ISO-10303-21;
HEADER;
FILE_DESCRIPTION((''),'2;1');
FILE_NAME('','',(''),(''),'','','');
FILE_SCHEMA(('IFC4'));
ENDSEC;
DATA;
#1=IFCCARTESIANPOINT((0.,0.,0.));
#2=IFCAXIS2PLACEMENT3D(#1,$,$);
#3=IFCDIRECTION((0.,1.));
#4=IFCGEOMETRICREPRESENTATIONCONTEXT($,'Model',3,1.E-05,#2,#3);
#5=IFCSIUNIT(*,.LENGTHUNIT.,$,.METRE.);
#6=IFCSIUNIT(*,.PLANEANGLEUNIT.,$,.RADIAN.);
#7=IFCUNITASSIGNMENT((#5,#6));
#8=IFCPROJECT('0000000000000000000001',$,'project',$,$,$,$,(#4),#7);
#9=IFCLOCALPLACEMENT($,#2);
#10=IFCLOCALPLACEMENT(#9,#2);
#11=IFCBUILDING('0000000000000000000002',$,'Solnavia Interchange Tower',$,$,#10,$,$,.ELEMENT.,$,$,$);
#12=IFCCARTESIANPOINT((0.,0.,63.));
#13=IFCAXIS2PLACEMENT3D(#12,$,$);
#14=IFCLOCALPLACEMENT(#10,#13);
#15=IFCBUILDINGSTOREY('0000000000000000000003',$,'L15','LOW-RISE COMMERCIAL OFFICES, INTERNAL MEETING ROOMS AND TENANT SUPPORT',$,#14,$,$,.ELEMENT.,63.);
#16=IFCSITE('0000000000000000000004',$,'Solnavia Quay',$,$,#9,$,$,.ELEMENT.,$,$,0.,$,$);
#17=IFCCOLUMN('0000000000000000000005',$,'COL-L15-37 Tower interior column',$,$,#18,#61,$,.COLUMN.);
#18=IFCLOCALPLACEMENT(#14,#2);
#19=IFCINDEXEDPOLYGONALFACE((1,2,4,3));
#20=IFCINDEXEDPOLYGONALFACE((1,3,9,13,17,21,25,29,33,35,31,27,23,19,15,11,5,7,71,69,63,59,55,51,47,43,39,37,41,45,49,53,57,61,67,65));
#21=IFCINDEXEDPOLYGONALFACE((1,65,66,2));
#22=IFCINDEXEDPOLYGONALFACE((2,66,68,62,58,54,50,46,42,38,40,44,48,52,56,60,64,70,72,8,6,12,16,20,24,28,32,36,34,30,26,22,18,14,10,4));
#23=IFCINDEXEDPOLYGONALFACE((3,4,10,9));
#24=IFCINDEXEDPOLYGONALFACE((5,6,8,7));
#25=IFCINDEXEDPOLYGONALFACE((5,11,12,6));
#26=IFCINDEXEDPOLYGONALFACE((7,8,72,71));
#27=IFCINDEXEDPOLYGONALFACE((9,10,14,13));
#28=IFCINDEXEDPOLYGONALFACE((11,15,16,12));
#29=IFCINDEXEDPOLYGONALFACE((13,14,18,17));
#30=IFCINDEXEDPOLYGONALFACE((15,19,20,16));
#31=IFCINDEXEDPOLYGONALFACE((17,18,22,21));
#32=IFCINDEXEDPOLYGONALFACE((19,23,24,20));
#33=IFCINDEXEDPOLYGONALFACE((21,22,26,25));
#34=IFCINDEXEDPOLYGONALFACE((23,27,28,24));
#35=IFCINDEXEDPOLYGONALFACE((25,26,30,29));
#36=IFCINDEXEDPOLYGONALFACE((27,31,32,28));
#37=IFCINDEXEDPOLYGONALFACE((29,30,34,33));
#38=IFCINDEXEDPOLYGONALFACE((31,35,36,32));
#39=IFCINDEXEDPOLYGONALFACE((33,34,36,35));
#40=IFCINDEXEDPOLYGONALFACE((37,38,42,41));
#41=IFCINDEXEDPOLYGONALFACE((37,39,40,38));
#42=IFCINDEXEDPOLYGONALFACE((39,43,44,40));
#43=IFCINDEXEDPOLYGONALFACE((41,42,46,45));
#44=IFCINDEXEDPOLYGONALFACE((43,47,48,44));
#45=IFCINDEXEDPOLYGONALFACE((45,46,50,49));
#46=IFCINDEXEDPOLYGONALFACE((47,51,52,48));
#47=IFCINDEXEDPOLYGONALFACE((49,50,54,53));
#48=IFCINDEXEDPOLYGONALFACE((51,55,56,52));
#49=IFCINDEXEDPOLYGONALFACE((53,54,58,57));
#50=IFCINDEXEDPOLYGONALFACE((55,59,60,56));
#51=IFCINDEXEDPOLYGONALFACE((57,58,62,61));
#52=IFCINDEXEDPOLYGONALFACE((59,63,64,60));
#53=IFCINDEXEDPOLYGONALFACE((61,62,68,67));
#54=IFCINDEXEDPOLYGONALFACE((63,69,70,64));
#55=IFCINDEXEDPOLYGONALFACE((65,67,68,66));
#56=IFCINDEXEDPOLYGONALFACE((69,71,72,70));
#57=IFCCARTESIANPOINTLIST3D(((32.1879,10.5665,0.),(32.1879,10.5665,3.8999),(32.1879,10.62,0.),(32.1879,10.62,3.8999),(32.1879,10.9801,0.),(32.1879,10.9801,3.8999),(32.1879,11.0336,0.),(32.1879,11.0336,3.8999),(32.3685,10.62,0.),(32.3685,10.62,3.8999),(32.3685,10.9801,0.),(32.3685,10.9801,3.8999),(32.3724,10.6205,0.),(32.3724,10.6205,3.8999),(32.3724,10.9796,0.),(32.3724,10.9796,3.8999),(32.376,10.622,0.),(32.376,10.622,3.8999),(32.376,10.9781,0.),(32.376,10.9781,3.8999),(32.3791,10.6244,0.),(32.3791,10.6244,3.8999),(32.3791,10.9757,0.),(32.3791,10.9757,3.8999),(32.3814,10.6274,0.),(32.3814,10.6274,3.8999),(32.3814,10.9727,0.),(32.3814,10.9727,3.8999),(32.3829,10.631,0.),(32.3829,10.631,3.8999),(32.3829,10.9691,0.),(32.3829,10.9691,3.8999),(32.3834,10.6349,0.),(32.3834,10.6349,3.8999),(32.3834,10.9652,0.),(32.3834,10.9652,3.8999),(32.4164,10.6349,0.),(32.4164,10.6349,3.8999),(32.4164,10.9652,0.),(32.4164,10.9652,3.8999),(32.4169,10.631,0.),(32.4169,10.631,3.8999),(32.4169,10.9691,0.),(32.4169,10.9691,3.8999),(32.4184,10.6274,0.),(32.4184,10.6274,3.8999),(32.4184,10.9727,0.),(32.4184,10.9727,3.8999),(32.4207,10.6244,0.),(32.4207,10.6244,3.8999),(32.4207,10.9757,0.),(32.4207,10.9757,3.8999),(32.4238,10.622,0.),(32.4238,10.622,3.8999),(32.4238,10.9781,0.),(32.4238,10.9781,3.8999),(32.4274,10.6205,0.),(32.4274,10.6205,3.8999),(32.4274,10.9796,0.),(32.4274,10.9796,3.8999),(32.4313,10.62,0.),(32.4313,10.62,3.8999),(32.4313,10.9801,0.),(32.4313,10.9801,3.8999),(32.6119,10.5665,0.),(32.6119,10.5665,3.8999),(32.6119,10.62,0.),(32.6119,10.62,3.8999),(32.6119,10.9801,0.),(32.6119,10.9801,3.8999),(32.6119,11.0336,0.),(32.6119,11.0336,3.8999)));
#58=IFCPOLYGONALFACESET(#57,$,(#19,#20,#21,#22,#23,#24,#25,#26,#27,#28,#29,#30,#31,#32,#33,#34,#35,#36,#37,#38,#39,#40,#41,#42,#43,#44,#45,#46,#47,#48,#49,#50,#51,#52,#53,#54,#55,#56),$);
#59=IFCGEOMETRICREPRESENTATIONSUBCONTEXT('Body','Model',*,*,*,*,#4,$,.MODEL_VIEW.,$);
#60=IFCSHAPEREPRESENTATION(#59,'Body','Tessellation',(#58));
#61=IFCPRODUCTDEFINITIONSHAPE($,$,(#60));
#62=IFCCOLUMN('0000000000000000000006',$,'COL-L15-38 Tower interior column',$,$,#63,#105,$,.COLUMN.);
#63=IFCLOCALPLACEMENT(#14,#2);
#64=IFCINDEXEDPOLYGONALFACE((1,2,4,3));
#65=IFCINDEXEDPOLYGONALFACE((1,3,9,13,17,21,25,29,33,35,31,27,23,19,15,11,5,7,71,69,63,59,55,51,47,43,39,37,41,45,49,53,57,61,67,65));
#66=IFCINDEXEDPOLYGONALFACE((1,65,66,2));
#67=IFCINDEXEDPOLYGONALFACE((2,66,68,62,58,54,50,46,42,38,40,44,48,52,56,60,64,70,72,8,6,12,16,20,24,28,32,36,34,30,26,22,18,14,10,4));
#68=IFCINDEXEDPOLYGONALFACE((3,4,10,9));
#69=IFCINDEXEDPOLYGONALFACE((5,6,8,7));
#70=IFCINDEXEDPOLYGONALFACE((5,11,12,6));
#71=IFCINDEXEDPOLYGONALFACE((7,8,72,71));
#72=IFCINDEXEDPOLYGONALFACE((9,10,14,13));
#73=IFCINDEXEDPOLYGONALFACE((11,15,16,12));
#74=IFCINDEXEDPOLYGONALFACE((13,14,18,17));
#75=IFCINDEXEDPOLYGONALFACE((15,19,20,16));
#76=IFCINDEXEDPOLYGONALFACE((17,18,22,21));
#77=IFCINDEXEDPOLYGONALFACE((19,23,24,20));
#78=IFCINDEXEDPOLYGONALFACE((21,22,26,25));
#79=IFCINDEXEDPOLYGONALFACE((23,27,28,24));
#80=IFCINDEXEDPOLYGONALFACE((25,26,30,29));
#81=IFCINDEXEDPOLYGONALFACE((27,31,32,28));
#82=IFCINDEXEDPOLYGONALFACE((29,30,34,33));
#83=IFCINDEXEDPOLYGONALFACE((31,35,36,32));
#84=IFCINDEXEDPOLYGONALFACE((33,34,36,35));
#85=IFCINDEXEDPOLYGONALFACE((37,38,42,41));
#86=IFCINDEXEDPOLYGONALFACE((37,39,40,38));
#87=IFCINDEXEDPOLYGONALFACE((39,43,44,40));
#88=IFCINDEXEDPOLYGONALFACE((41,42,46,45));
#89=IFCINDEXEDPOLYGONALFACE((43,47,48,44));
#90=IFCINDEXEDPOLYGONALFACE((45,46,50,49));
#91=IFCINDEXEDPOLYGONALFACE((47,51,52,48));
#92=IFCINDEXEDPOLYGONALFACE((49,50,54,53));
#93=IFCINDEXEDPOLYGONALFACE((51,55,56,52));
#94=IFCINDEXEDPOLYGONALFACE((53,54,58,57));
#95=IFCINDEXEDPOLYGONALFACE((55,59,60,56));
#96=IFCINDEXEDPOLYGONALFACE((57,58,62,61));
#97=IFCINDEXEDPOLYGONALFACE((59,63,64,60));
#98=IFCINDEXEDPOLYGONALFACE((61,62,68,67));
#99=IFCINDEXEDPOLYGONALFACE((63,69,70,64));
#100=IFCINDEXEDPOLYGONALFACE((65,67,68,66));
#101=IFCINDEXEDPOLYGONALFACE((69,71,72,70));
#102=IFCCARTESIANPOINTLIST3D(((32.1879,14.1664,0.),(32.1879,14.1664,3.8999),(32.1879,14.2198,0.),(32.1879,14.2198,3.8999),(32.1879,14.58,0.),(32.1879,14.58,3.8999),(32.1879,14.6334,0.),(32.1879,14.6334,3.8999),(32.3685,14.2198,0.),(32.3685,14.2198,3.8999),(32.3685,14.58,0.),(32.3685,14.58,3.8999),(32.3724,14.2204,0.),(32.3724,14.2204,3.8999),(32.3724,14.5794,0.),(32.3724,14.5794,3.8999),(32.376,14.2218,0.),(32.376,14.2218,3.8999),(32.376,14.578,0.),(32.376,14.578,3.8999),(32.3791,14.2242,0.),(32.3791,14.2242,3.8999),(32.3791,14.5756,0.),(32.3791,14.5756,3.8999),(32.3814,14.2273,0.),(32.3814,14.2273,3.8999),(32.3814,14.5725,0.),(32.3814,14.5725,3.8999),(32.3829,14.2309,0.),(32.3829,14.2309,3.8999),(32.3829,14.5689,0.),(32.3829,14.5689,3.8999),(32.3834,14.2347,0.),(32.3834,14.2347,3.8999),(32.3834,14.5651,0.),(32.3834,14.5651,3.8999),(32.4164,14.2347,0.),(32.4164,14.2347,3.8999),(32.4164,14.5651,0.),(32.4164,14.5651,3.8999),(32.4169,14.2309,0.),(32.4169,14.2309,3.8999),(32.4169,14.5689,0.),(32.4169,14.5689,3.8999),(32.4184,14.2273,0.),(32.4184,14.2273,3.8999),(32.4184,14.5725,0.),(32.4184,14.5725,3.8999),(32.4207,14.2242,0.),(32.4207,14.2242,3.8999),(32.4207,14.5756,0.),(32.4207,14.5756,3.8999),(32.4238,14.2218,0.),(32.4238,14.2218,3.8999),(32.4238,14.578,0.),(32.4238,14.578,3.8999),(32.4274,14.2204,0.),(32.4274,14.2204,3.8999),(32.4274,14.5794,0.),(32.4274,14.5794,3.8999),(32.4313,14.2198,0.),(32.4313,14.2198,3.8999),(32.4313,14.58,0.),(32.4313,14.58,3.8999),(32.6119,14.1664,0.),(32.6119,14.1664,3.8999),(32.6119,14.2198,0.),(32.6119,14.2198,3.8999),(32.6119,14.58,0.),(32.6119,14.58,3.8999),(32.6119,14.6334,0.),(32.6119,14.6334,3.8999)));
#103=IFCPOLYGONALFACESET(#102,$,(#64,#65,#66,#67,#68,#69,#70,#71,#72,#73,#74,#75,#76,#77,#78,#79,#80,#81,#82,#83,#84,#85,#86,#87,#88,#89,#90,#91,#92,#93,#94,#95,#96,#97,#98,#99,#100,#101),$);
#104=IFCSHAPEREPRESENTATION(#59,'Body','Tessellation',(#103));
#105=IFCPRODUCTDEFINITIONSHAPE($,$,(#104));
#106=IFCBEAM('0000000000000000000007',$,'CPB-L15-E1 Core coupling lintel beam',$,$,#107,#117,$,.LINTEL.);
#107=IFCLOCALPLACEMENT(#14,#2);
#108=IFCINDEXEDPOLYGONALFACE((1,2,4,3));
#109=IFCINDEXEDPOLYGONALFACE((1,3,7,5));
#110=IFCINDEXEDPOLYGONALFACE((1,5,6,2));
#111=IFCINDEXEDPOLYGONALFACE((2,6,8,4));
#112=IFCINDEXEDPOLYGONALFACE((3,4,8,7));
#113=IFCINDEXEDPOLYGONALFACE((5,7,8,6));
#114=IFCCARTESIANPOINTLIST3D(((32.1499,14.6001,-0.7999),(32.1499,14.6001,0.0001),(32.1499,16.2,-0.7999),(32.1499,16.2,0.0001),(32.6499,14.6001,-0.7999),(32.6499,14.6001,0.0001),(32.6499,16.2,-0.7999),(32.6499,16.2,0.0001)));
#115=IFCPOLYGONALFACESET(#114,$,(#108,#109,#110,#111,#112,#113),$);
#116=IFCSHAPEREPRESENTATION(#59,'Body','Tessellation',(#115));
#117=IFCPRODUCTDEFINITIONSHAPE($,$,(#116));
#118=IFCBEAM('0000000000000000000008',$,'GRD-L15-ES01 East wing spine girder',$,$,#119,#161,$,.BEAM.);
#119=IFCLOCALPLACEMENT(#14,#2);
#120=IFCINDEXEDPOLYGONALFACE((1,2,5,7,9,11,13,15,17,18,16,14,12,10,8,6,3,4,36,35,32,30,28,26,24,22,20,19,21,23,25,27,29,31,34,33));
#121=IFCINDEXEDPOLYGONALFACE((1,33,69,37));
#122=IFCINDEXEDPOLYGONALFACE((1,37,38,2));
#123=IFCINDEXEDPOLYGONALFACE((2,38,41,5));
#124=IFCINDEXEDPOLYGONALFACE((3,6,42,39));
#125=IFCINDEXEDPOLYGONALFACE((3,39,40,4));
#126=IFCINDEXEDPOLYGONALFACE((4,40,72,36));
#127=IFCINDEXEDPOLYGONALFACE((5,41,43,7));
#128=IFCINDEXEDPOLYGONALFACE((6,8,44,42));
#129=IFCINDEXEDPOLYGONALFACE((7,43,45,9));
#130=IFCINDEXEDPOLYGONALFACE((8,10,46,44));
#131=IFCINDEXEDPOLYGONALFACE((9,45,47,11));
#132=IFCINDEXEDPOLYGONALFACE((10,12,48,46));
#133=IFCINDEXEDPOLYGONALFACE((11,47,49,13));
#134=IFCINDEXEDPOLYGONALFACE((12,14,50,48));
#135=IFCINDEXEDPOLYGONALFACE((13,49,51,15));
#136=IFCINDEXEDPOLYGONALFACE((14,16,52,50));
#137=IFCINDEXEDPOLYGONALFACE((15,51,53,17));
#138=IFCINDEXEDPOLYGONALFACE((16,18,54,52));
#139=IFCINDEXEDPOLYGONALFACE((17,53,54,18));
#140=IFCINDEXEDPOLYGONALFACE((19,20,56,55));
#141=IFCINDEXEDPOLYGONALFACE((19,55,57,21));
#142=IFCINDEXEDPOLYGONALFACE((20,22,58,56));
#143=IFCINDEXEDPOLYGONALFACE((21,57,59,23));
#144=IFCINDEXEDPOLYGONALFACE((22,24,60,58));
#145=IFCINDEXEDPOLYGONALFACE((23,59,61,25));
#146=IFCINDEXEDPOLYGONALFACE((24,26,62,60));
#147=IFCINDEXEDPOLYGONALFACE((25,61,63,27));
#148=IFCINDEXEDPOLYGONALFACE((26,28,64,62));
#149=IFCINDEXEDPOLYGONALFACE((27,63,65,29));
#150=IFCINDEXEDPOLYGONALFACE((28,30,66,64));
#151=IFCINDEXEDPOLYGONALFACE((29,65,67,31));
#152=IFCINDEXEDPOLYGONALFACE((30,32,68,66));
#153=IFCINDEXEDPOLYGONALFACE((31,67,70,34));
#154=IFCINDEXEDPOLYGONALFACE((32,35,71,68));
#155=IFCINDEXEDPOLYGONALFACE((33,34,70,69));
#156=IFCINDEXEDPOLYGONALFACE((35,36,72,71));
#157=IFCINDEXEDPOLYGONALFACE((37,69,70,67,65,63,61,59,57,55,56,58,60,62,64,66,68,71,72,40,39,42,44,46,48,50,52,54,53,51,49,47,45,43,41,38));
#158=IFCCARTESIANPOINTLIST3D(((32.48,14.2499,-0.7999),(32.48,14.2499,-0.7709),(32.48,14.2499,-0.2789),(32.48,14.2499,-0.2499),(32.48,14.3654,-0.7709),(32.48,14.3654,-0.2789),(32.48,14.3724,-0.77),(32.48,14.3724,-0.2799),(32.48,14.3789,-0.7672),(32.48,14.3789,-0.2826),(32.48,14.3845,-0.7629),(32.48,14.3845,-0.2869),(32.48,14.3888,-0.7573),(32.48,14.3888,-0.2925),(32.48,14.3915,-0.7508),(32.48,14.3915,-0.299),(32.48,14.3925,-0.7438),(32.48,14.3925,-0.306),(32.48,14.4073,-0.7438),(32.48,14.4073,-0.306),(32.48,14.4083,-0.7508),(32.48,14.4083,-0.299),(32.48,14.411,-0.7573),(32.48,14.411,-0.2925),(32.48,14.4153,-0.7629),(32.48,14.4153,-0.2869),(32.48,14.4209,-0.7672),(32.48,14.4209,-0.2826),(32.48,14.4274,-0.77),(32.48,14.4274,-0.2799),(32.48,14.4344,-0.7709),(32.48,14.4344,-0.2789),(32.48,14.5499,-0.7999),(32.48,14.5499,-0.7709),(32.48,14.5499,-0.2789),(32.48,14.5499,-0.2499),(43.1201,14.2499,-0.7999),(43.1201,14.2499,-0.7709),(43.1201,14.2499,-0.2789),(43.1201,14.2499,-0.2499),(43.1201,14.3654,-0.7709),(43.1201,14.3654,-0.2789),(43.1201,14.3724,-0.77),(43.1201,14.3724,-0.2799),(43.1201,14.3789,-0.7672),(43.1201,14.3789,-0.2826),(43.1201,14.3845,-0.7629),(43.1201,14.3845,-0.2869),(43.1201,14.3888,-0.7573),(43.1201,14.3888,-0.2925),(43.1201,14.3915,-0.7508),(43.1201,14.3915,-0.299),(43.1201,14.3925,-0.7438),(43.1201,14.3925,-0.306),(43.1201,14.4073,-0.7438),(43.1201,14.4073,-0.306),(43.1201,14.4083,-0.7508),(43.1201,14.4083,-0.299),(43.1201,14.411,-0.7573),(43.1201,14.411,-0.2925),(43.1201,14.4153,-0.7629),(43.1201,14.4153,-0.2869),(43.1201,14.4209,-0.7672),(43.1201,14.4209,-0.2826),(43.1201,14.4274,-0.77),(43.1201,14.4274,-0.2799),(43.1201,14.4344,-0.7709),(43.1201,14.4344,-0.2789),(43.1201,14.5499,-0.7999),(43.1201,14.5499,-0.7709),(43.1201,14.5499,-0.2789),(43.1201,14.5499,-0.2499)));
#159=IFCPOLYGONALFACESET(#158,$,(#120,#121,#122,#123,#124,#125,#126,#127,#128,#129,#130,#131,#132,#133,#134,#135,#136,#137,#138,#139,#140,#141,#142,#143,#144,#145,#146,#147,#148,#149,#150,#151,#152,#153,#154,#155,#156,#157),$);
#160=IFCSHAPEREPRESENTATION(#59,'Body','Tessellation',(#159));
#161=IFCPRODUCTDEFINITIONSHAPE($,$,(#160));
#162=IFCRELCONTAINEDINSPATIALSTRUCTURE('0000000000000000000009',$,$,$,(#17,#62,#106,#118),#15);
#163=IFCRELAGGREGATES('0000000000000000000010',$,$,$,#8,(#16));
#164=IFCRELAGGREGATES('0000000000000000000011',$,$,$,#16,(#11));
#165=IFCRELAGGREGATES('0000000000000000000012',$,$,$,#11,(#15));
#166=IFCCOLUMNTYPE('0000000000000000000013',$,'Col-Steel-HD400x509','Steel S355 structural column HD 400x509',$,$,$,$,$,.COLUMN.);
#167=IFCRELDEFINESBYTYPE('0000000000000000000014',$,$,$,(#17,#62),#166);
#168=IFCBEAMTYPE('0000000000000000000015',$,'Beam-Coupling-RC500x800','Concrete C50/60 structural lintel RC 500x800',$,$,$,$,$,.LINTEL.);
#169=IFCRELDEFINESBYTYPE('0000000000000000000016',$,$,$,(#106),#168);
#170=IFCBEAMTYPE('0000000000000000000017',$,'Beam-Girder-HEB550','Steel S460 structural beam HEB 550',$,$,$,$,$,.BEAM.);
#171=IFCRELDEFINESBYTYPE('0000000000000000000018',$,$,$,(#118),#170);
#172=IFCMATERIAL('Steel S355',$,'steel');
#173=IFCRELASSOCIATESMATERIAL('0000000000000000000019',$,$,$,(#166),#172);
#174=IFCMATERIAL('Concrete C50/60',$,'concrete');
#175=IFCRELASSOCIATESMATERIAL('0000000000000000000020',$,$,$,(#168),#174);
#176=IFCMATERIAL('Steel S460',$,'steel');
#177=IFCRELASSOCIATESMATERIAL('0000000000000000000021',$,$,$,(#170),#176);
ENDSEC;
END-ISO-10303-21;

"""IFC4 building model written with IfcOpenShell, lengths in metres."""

from ifc_helpers import new_model, si_unit, direction, frame, origin, origin_2d, place, context, subcontext, project, spatial, rectangle, i_section, extrude, material, material_profile, profile_set, type_object, element, save


model = new_model("IFC4")

# Units and contexts
model_context = context("Model", 3, precision=1e-05, world=origin(), true_north=direction((0.0, 1.0)))
body_context = subcontext(model_context, "Body", "Model", "MODEL_VIEW")
ifc_project = project(units=[si_unit("LENGTHUNIT", "METRE"), si_unit("PLANEANGLEUNIT", "RADIAN")], contexts=[model_context])

# Site, building, storey
site_placement = place(None, origin())
site = spatial("IfcSite", under=ifc_project, at=site_placement, Name="Solnavia Quay", CompositionType="ELEMENT", RefElevation=0.0)
building_placement = place(site_placement, origin())
building = spatial("IfcBuilding", under=site, at=building_placement, Name="Solnavia Interchange Tower", CompositionType="ELEMENT")
storey_placement = place(building_placement, frame((0.0, 0.0, 63.0)))
storey = spatial("IfcBuildingStorey", under=building, at=storey_placement, Name="L15", Description="LOW-RISE COMMERCIAL OFFICES, INTERNAL MEETING ROOMS AND TENANT SUPPORT", CompositionType="ELEMENT", Elevation=63.0)

# Columns
ifc_material_1 = material(Name="Steel S355", Category="steel")
ifc_material_profile_1 = material_profile(ifc_material_1, i_section(OverallWidth=0.4241, OverallDepth=0.467, WebThickness=0.033, FlangeThickness=0.0535, FilletRadius=0.0149, at=origin_2d()), Name="HD 400x509")
ifc_profile_set_1 = profile_set([ifc_material_profile_1], Name="Steel S355")
column_type = type_object("IfcColumnType", Name="Col-Steel-HD400x509", Description="Steel S355 structural column HD 400x509", PredefinedType="COLUMN", material=ifc_profile_set_1)
for number, where, z_axis, x_axis, name in (
    (1, (32.3999, 10.8, 0.0), (0.0, 0.0, 1.0), (1.0, 0.0, 0.0), "COL-L15-37 Tower interior column"),
    (2, (32.3999, 14.3999, 0.0), (0.0, 0.0, 1.0), (1.0, 0.0, 0.0), "COL-L15-38 Tower interior column"),
):
    element("IfcColumn", number, at=place(storey_placement, frame(where, z_axis=z_axis, x_axis=x_axis)), inside=storey, type_object=column_type, Name=name, PredefinedType="COLUMN", context=body_context, shape_type="SweptSolid", body=[
        extrude(i_section(OverallWidth=0.4241, OverallDepth=0.467, WebThickness=0.033, FlangeThickness=0.0535, FilletRadius=0.0149, at=origin_2d()), origin(), (0.0, 0.0, 1.0), 3.8999),
    ])

# Beams
ifc_material_2 = material(Name="Concrete C50/60", Category="concrete")
ifc_material_profile_2 = material_profile(ifc_material_2, rectangle(XDim=0.5, YDim=0.8, at=origin_2d()), Name="RC 500x800")
ifc_profile_set_2 = profile_set([ifc_material_profile_2], Name="Concrete C50/60")
beam_type_1 = type_object("IfcBeamType", Name="Beam-Coupling-RC500x800", Description="Concrete C50/60 structural lintel RC 500x800", PredefinedType="LINTEL", material=ifc_profile_set_2)
beam_1_placement = place(storey_placement, frame((32.3999, 14.6001, -0.3999), z_axis=(0.0, 1.0, 0.0), x_axis=(-1.0, 0.0, 0.0)))
element("IfcBeam", 3, at=beam_1_placement, inside=storey, type_object=beam_type_1, Name="CPB-L15-E1 Core coupling lintel beam", PredefinedType="LINTEL", context=body_context, shape_type="SweptSolid", body=[
    extrude(rectangle(XDim=0.5, YDim=0.8, at=origin_2d()), origin(), (0.0, 0.0, 1.0), 1.5999),
])
ifc_material_3 = material(Name="Steel S460", Category="steel")
ifc_material_profile_3 = material_profile(ifc_material_3, i_section(OverallWidth=0.3, OverallDepth=0.55, WebThickness=0.0149, FlangeThickness=0.0291, FilletRadius=0.0271, at=origin_2d()), Name="HEB 550")
ifc_profile_set_3 = profile_set([ifc_material_profile_3], Name="Steel S460")
beam_type_2 = type_object("IfcBeamType", Name="Beam-Girder-HEB550", Description="Steel S460 structural beam HEB 550", PredefinedType="BEAM", material=ifc_profile_set_3)
beam_2_placement = place(storey_placement, frame((32.48, 14.3999, -0.5249), z_axis=(1.0, 0.0, 0.0), x_axis=(0.0, 1.0, 0.0)))
element("IfcBeam", 4, at=beam_2_placement, inside=storey, type_object=beam_type_2, Name="GRD-L15-ES01 East wing spine girder", PredefinedType="BEAM", context=body_context, shape_type="SweptSolid", body=[
    extrude(i_section(OverallWidth=0.3, OverallDepth=0.55, WebThickness=0.0149, FlangeThickness=0.0291, FilletRadius=0.0271, at=origin_2d()), origin(), (0.0, 0.0, 1.0), 10.6401),
])

save(model, "model.ifc")
